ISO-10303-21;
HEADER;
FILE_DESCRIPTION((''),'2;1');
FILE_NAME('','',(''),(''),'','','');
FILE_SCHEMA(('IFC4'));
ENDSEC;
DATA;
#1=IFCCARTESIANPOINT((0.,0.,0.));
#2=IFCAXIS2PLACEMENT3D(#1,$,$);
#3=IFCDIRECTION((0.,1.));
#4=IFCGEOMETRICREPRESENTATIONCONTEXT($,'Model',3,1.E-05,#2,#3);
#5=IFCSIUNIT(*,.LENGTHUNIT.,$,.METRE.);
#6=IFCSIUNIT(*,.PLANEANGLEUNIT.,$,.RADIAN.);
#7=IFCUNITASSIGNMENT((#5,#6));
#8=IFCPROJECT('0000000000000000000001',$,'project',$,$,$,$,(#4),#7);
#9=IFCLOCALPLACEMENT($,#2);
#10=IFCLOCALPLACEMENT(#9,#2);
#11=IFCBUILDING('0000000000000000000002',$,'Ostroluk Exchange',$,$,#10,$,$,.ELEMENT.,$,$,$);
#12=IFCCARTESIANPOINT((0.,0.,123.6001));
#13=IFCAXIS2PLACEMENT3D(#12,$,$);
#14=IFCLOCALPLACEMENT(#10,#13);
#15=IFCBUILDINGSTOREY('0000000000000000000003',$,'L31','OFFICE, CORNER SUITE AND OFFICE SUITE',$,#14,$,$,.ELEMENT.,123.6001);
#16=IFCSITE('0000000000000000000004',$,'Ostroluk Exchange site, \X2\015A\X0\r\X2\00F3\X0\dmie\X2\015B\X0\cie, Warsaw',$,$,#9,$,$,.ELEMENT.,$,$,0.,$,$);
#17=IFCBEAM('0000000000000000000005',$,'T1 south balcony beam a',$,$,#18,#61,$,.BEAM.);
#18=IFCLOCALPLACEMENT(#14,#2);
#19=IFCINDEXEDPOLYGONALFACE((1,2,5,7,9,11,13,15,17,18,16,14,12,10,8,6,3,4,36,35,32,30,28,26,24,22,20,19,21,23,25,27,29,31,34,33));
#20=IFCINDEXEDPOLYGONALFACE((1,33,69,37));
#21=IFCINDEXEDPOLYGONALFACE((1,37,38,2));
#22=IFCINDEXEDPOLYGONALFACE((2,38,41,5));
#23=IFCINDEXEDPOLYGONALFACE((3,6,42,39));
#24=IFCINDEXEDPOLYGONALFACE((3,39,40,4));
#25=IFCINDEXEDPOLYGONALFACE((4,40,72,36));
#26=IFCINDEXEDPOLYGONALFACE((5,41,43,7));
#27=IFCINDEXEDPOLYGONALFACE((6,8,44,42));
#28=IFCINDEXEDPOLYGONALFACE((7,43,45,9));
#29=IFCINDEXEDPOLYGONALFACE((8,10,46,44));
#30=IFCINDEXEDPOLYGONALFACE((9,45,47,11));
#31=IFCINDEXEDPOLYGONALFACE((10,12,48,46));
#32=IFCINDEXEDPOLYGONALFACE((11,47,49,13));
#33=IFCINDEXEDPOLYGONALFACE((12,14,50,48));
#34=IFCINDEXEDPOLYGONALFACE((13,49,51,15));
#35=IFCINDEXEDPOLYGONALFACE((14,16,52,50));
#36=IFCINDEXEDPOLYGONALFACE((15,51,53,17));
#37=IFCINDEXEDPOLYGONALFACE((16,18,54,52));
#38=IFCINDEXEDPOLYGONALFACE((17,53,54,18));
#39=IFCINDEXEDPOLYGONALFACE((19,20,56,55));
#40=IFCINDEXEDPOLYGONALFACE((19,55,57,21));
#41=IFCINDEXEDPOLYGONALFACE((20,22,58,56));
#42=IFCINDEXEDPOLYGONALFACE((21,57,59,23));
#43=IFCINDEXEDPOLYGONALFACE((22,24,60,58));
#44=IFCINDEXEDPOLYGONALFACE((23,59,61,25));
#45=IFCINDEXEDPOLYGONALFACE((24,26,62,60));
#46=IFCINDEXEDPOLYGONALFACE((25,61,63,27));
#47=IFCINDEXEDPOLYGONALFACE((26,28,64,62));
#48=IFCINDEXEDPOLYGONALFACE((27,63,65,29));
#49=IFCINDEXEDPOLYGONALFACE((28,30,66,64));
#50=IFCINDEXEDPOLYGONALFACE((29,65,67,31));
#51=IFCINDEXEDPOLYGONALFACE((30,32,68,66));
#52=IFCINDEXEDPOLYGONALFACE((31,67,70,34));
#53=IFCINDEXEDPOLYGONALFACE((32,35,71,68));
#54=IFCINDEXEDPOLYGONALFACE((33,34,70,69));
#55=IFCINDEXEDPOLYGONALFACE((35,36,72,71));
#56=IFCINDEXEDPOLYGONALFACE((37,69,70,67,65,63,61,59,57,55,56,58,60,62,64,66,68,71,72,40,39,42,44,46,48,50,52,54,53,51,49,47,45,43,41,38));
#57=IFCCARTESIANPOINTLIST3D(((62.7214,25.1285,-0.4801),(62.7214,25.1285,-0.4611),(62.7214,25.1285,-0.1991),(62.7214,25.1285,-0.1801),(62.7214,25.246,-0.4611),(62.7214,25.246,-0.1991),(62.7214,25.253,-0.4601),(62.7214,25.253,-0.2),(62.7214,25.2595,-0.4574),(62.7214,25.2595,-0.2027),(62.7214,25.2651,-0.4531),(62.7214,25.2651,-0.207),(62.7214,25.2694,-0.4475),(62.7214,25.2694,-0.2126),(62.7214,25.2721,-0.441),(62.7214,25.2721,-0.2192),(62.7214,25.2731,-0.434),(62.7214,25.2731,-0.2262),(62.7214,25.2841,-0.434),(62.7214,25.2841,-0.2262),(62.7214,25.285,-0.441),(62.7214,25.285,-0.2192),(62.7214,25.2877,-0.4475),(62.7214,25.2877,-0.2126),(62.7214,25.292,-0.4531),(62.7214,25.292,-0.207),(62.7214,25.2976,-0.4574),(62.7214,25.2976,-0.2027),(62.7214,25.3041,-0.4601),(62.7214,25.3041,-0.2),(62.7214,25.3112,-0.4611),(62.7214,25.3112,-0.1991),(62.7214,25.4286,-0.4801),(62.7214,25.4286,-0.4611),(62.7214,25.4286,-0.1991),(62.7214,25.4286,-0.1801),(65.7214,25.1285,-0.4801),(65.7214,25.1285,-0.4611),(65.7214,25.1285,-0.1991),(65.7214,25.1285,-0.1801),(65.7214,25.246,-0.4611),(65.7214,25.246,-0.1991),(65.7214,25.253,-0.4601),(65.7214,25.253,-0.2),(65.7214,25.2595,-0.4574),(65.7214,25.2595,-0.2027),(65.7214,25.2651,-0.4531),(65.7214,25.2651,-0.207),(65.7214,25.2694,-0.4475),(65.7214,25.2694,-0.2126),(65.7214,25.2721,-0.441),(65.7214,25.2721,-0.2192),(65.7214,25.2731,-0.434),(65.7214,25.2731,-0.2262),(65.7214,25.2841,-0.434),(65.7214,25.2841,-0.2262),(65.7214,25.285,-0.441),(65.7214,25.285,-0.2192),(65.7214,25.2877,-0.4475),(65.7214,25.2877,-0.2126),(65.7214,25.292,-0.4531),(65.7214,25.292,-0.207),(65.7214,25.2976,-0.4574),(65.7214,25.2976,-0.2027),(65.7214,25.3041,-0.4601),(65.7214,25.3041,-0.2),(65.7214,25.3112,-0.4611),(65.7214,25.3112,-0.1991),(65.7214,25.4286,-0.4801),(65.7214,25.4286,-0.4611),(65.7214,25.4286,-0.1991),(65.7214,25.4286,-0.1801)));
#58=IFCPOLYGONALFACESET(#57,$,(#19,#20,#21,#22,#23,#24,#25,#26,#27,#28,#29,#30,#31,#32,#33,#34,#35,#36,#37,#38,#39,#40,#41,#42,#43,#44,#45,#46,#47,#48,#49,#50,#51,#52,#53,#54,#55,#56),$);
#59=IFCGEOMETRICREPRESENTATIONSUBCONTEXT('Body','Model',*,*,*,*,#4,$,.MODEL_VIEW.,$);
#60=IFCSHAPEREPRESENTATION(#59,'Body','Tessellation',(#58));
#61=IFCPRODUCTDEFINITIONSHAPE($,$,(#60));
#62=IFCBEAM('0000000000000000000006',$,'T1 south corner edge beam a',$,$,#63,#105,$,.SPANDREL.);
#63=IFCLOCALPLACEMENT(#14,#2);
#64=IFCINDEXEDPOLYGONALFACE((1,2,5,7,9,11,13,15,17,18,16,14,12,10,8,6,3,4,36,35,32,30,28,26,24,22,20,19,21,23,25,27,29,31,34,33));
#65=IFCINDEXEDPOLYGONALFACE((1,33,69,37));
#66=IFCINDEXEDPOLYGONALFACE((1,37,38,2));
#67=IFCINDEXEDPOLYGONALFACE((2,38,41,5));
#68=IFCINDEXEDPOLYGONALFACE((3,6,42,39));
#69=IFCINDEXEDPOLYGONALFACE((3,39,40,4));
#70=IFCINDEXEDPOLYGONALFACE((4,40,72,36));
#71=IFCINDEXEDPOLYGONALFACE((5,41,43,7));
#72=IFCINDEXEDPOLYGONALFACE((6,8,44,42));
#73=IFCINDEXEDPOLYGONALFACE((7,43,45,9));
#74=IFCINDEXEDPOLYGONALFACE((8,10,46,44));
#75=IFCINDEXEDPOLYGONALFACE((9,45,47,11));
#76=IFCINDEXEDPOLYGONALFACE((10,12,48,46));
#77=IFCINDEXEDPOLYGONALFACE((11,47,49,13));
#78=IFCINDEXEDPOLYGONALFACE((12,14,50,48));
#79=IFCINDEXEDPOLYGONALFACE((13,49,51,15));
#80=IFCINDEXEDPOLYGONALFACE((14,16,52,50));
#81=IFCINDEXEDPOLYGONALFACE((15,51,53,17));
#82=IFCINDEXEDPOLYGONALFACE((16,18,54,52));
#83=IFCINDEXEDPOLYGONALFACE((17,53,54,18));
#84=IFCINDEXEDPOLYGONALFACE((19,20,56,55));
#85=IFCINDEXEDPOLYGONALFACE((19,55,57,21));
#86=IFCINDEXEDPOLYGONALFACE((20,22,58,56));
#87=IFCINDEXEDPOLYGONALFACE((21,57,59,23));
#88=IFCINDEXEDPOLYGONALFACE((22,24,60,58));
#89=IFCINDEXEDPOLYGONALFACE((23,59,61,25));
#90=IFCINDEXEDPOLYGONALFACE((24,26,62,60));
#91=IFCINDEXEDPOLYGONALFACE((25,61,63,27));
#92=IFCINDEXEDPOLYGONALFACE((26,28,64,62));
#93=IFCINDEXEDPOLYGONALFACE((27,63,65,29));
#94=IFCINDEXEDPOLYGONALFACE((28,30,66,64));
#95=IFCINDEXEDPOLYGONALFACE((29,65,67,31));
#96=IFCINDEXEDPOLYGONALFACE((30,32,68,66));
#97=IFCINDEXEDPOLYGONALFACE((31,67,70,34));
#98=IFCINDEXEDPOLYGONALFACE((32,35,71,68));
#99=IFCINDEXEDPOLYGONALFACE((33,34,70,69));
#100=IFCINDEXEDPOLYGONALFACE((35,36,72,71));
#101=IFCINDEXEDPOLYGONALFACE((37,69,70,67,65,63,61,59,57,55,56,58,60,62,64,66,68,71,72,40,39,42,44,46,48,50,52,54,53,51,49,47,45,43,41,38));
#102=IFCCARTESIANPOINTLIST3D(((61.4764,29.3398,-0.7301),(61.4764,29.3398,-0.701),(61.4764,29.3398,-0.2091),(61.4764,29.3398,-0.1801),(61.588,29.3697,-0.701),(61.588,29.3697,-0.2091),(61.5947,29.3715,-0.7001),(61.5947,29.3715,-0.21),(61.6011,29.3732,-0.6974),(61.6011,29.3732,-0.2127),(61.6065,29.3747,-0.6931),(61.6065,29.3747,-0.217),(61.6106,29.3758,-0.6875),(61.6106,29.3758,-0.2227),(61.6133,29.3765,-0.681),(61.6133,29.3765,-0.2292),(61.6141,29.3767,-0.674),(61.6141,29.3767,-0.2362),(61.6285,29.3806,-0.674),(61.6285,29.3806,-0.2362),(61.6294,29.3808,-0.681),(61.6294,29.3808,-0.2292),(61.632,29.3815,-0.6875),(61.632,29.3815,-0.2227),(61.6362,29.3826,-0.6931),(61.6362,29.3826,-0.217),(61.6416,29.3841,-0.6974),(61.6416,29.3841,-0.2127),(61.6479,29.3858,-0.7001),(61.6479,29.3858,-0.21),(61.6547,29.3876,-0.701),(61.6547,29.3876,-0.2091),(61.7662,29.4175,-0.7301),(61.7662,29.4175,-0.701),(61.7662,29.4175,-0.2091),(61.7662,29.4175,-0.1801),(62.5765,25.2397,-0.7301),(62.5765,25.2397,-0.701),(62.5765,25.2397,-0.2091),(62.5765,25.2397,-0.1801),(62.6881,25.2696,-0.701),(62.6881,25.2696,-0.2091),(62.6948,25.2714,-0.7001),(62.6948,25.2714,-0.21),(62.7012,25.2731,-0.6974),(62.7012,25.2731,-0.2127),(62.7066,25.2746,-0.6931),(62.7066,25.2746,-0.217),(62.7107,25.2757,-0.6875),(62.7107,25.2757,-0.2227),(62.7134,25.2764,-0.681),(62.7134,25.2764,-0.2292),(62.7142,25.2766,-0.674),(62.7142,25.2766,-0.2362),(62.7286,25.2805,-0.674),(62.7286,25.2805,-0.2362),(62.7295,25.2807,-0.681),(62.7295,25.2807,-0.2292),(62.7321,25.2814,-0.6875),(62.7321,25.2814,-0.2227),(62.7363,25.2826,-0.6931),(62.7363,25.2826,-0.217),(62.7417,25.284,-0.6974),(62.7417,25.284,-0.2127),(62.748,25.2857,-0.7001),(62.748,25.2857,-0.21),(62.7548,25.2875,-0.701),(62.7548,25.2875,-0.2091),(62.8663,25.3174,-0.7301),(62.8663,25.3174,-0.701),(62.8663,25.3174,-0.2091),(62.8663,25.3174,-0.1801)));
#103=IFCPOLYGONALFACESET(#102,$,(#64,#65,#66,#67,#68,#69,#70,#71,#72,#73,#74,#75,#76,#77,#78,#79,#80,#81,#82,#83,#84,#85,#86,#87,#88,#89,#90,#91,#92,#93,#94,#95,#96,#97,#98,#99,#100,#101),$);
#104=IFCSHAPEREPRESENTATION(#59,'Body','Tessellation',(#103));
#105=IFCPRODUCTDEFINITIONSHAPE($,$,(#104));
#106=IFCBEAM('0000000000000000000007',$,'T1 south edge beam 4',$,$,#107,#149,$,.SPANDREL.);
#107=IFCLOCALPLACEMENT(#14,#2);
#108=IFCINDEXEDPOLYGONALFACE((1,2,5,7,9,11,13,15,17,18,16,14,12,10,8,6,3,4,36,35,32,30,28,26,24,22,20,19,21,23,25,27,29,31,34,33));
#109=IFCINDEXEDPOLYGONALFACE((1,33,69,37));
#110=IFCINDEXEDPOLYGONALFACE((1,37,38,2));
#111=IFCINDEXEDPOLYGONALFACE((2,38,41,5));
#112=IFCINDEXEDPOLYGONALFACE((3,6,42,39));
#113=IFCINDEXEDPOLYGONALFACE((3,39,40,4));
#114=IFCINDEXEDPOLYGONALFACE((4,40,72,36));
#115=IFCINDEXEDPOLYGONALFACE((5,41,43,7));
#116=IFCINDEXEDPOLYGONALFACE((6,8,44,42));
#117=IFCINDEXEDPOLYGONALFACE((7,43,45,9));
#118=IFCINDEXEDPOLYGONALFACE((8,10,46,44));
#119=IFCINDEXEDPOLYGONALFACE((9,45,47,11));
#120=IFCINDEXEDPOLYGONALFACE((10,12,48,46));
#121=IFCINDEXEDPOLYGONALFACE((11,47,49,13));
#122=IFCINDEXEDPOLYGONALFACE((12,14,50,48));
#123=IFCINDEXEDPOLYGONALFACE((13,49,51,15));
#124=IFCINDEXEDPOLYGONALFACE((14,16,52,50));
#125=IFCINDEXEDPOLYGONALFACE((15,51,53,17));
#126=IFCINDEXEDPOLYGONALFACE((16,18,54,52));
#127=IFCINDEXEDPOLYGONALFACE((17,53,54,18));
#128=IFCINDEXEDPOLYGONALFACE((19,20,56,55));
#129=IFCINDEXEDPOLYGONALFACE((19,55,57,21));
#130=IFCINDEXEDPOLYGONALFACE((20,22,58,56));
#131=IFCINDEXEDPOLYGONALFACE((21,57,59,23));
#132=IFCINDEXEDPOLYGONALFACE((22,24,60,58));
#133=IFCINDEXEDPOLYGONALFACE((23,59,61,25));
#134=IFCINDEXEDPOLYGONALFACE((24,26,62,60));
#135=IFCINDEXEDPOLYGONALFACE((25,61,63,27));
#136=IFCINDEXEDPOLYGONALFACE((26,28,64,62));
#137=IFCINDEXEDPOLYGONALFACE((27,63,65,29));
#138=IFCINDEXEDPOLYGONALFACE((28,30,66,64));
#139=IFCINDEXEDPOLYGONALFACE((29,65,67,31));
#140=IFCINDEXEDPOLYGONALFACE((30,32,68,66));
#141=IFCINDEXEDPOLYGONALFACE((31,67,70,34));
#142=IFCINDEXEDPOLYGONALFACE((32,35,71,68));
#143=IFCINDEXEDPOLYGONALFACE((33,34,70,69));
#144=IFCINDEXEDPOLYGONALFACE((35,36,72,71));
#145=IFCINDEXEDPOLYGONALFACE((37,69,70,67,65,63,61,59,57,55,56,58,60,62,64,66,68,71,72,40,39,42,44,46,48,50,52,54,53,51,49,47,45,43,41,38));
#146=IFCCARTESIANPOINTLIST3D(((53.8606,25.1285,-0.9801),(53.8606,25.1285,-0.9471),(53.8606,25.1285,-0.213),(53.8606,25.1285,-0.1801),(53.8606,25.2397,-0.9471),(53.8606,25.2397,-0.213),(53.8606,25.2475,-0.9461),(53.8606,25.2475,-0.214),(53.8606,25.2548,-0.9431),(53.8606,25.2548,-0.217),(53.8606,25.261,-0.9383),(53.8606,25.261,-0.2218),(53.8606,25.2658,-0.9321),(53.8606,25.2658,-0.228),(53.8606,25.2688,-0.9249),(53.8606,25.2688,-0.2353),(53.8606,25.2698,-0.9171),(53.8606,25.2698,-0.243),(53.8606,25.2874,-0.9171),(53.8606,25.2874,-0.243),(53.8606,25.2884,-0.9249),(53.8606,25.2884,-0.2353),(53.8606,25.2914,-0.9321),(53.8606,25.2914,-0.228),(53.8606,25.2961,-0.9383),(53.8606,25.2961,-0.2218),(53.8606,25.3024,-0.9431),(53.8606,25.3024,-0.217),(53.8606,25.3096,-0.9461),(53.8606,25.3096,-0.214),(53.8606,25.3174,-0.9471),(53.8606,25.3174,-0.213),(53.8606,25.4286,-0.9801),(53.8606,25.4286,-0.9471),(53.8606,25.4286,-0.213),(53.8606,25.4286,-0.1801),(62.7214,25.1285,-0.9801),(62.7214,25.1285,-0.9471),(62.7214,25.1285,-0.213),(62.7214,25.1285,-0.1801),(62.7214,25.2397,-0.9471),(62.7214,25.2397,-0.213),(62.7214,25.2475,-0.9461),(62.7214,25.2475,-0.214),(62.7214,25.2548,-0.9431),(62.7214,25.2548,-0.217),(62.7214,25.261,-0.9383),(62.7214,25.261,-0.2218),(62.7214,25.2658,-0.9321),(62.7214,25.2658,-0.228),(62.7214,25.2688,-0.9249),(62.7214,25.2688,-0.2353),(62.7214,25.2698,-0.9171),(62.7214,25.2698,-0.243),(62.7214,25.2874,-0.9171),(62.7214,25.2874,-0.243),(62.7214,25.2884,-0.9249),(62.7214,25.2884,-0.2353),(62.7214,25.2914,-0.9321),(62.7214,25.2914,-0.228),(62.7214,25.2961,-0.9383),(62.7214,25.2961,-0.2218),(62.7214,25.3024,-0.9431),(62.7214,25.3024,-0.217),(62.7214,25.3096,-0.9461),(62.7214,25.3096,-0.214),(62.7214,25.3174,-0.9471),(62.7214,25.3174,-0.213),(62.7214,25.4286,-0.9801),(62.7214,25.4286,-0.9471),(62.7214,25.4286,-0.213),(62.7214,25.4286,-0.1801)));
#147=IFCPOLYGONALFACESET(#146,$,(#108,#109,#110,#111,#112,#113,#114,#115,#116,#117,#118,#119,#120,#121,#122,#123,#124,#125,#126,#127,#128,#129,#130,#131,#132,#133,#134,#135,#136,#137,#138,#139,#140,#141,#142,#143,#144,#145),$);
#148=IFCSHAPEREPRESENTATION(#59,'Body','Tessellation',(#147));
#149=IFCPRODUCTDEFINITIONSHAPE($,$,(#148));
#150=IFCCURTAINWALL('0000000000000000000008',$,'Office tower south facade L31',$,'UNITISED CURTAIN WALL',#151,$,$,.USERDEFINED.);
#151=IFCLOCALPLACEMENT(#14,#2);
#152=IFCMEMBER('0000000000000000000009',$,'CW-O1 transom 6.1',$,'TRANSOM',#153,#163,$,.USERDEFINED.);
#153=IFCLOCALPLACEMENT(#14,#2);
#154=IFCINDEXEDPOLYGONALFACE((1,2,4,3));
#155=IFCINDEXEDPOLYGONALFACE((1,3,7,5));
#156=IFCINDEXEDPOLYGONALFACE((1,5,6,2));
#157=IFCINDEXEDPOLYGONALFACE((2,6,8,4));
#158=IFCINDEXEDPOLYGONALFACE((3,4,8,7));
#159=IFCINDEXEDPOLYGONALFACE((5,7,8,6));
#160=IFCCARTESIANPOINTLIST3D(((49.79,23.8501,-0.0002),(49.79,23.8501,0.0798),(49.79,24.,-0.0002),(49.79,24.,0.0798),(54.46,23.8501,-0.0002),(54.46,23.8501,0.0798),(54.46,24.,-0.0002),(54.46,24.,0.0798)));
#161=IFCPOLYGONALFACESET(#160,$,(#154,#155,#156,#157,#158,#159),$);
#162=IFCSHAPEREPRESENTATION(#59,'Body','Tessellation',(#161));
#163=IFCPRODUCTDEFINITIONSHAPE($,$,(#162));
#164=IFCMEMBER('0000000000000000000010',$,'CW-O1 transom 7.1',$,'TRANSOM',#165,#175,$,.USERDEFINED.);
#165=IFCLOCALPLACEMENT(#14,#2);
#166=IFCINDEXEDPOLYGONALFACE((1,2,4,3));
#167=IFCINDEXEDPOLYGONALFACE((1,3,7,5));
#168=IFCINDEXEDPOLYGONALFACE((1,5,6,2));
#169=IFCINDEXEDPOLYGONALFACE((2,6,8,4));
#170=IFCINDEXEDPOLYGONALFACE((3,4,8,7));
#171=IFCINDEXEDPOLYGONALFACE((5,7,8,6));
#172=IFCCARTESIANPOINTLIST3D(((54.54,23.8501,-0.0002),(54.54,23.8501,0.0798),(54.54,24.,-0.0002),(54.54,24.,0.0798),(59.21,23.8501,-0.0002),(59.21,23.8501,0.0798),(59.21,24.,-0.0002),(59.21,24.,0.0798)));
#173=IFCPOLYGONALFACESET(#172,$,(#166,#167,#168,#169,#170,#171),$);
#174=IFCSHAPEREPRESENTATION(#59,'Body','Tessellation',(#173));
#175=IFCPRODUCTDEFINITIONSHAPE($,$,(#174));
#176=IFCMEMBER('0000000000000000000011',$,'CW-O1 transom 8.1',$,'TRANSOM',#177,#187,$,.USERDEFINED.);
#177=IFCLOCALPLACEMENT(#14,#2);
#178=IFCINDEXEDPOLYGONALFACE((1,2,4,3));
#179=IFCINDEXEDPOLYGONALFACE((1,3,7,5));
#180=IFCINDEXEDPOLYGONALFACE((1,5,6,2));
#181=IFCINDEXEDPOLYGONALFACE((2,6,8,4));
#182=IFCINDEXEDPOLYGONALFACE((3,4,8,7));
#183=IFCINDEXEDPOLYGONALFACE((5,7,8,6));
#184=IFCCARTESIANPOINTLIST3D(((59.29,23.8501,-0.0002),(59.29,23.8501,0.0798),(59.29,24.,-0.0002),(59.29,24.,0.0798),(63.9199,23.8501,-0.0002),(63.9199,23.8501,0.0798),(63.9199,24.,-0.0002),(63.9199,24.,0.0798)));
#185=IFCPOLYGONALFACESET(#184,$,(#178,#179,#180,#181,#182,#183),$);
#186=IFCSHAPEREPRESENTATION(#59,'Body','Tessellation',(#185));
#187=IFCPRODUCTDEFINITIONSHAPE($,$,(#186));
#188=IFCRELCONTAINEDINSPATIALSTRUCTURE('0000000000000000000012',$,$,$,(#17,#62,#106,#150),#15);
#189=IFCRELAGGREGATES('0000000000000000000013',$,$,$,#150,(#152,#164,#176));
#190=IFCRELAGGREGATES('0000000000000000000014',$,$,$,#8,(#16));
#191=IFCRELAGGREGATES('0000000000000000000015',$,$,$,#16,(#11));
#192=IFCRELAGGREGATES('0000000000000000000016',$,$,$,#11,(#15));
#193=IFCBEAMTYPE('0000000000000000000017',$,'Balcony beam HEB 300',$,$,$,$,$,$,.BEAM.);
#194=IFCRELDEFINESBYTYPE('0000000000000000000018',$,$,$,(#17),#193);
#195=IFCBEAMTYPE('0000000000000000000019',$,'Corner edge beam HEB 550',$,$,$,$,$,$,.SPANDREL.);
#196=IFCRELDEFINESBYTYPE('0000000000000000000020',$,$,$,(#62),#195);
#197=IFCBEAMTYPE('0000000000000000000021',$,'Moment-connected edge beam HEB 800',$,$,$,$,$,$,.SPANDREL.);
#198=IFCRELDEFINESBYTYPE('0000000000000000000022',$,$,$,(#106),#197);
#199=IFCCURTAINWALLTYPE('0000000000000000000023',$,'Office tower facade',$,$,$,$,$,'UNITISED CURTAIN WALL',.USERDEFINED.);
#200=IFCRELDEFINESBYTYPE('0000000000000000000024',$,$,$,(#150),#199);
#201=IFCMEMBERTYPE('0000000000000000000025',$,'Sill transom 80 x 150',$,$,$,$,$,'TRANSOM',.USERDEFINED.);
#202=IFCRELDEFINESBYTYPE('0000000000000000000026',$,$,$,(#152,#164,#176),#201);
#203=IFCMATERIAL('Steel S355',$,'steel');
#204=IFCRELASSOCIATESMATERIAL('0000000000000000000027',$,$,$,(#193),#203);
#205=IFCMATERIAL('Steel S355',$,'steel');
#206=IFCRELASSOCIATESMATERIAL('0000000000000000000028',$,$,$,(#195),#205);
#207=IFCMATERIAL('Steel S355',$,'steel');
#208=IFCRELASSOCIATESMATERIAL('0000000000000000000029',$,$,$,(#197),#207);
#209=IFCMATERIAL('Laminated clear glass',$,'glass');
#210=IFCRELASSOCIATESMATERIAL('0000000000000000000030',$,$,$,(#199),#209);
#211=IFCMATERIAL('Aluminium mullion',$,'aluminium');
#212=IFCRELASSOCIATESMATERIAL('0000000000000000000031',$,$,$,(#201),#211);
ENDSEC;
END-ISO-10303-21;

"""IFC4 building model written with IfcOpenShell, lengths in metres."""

from ifc_helpers import new_model, si_unit, direction, frame, origin, origin_2d, place, context, subcontext, project, spatial, rectangle, i_section, extrude, material, material_profile, profile_set, type_object, element, aggregate, save


model = new_model("IFC4")

# Units and contexts
model_context = context("Model", 3, precision=1e-05, world=origin(), true_north=direction((0.0, 1.0)))
body_context = subcontext(model_context, "Body", "Model", "MODEL_VIEW")
ifc_project = project(units=[si_unit("LENGTHUNIT", "METRE"), si_unit("PLANEANGLEUNIT", "RADIAN")], contexts=[model_context])

# Site, building, storey
site_placement = place(None, origin())
site = spatial("IfcSite", under=ifc_project, at=site_placement, Name="Ostroluk Exchange site, Śródmieście, Warsaw", CompositionType="ELEMENT", RefElevation=0.0)
building_placement = place(site_placement, origin())
building = spatial("IfcBuilding", under=site, at=building_placement, Name="Ostroluk Exchange", CompositionType="ELEMENT")
storey_placement = place(building_placement, frame((0.0, 0.0, 123.6001)))
storey = spatial("IfcBuildingStorey", under=building, at=storey_placement, Name="L31", Description="OFFICE, CORNER SUITE AND OFFICE SUITE", CompositionType="ELEMENT", Elevation=123.6001)

# Beams
ifc_material_1 = material(Name="Steel S355", Category="steel")
ifc_material_profile_1 = material_profile(ifc_material_1, i_section(OverallWidth=0.3, OverallDepth=0.3, WebThickness=0.011, FlangeThickness=0.019, FilletRadius=0.0271, at=origin_2d()), Name="HEB 300")
ifc_profile_set_1 = profile_set([ifc_material_profile_1], Name="Steel S355")
beam_type_1 = type_object("IfcBeamType", Name="Balcony beam HEB 300", PredefinedType="BEAM", material=ifc_profile_set_1)
beam_1_placement = place(storey_placement, frame((62.7214, 25.2786, -0.3301), z_axis=(1.0, 0.0, 0.0), x_axis=(0.0, 1.0, 0.0)))
element("IfcBeam", 1, at=beam_1_placement, inside=storey, type_object=beam_type_1, Name="T1 south balcony beam a", PredefinedType="BEAM", context=body_context, shape_type="SweptSolid", body=[
    extrude(i_section(OverallWidth=0.3, OverallDepth=0.3, WebThickness=0.011, FlangeThickness=0.019, FilletRadius=0.0271, at=origin_2d()), origin(), (0.0, 0.0, 1.0), 3.0),
])
ifc_material_2 = material(Name="Steel S355", Category="steel")
ifc_material_profile_2 = material_profile(ifc_material_2, i_section(OverallWidth=0.3, OverallDepth=0.55, WebThickness=0.0149, FlangeThickness=0.0291, FilletRadius=0.0271, at=origin_2d()), Name="HEB 550")
ifc_profile_set_2 = profile_set([ifc_material_profile_2], Name="Steel S355")
beam_type_2 = type_object("IfcBeamType", Name="Corner edge beam HEB 550", PredefinedType="SPANDREL", material=ifc_profile_set_2)
beam_2_placement = place(storey_placement, frame((61.6213, 29.3787, -0.4551), z_axis=(0.259144, -0.965839, 0.0), x_axis=(0.965839, 0.259144, 0.0)))
element("IfcBeam", 2, at=beam_2_placement, inside=storey, type_object=beam_type_2, Name="T1 south corner edge beam a", PredefinedType="SPANDREL", context=body_context, shape_type="SweptSolid", body=[
    extrude(i_section(OverallWidth=0.3, OverallDepth=0.55, WebThickness=0.0149, FlangeThickness=0.0291, FilletRadius=0.0271, at=origin_2d()), origin(), (0.0, 0.0, 1.0), 4.2451),
])
ifc_material_3 = material(Name="Steel S355", Category="steel")
ifc_material_profile_3 = material_profile(ifc_material_3, i_section(OverallWidth=0.3, OverallDepth=0.8, WebThickness=0.0176, FlangeThickness=0.033, FilletRadius=0.03, at=origin_2d()), Name="HEB 800")
ifc_profile_set_3 = profile_set([ifc_material_profile_3], Name="Steel S355")
beam_type_3 = type_object("IfcBeamType", Name="Moment-connected edge beam HEB 800", PredefinedType="SPANDREL", material=ifc_profile_set_3)
beam_3_placement = place(storey_placement, frame((53.8606, 25.2786, -0.5801), z_axis=(1.0, 0.0, 0.0), x_axis=(0.0, 1.0, 0.0)))
element("IfcBeam", 3, at=beam_3_placement, inside=storey, type_object=beam_type_3, Name="T1 south edge beam 4", PredefinedType="SPANDREL", context=body_context, shape_type="SweptSolid", body=[
    extrude(i_section(OverallWidth=0.3, OverallDepth=0.8, WebThickness=0.0176, FlangeThickness=0.033, FilletRadius=0.03, at=origin_2d()), origin(), (0.0, 0.0, 1.0), 8.8608),
])

# Curtain wall, members
ifc_material_4 = material(Name="Laminated clear glass", Category="glass")
curtain_wall_type = type_object("IfcCurtainWallType", Name="Office tower facade", ElementType="UNITISED CURTAIN WALL", PredefinedType="USERDEFINED", material=ifc_material_4)
curtain_wall_placement = place(storey_placement, origin())
curtain_wall = element("IfcCurtainWall", 4, at=curtain_wall_placement, inside=storey, type_object=curtain_wall_type, Name="Office tower south facade L31", ObjectType="UNITISED CURTAIN WALL", PredefinedType="USERDEFINED")
ifc_material_5 = material(Name="Aluminium mullion", Category="aluminium")
ifc_material_profile_4 = material_profile(ifc_material_5, rectangle(XDim=0.1499, YDim=0.0801, at=origin_2d()), Name="Sill transom 80 x 150")
ifc_profile_set_4 = profile_set([ifc_material_profile_4], Name="Aluminium mullion")
member_type_1 = type_object("IfcMemberType", Name="Sill transom 80 x 150", ElementType="TRANSOM", PredefinedType="USERDEFINED", material=ifc_profile_set_4)
member_1_placement = place(storey_placement, frame((49.79, 23.925, 0.0398), z_axis=(1.0, 0.0, 0.0), x_axis=(0.0, 1.0, 0.0)))
member_1 = element("IfcMember", 5, at=member_1_placement, type_object=member_type_1, Name="CW-O1 transom 6.1", ObjectType="TRANSOM", PredefinedType="USERDEFINED", context=body_context, shape_type="SweptSolid", body=[
    extrude(rectangle(XDim=0.1499, YDim=0.0801, at=origin_2d()), origin(), (0.0, 0.0, 1.0), 4.6699),
])
member_2_placement = place(storey_placement, frame((54.54, 23.925, 0.0398), z_axis=(1.0, 0.0, 0.0), x_axis=(0.0, 1.0, 0.0)))
member_2 = element("IfcMember", 6, at=member_2_placement, type_object=member_type_1, Name="CW-O1 transom 7.1", ObjectType="TRANSOM", PredefinedType="USERDEFINED", context=body_context, shape_type="SweptSolid", body=[
    extrude(rectangle(XDim=0.1499, YDim=0.0801, at=origin_2d()), origin(), (0.0, 0.0, 1.0), 4.6699),
])
member_3_placement = place(storey_placement, frame((59.29, 23.925, 0.0398), z_axis=(1.0, 0.0, 0.0), x_axis=(0.0, 1.0, 0.0)))
member_3 = element("IfcMember", 7, at=member_3_placement, type_object=member_type_1, Name="CW-O1 transom 8.1", ObjectType="TRANSOM", PredefinedType="USERDEFINED", context=body_context, shape_type="SweptSolid", body=[
    extrude(rectangle(XDim=0.1499, YDim=0.0801, at=origin_2d()), origin(), (0.0, 0.0, 1.0), 4.6299),
])
aggregate(curtain_wall, [member_1, member_2, member_3])

save(model, "model.ifc")
